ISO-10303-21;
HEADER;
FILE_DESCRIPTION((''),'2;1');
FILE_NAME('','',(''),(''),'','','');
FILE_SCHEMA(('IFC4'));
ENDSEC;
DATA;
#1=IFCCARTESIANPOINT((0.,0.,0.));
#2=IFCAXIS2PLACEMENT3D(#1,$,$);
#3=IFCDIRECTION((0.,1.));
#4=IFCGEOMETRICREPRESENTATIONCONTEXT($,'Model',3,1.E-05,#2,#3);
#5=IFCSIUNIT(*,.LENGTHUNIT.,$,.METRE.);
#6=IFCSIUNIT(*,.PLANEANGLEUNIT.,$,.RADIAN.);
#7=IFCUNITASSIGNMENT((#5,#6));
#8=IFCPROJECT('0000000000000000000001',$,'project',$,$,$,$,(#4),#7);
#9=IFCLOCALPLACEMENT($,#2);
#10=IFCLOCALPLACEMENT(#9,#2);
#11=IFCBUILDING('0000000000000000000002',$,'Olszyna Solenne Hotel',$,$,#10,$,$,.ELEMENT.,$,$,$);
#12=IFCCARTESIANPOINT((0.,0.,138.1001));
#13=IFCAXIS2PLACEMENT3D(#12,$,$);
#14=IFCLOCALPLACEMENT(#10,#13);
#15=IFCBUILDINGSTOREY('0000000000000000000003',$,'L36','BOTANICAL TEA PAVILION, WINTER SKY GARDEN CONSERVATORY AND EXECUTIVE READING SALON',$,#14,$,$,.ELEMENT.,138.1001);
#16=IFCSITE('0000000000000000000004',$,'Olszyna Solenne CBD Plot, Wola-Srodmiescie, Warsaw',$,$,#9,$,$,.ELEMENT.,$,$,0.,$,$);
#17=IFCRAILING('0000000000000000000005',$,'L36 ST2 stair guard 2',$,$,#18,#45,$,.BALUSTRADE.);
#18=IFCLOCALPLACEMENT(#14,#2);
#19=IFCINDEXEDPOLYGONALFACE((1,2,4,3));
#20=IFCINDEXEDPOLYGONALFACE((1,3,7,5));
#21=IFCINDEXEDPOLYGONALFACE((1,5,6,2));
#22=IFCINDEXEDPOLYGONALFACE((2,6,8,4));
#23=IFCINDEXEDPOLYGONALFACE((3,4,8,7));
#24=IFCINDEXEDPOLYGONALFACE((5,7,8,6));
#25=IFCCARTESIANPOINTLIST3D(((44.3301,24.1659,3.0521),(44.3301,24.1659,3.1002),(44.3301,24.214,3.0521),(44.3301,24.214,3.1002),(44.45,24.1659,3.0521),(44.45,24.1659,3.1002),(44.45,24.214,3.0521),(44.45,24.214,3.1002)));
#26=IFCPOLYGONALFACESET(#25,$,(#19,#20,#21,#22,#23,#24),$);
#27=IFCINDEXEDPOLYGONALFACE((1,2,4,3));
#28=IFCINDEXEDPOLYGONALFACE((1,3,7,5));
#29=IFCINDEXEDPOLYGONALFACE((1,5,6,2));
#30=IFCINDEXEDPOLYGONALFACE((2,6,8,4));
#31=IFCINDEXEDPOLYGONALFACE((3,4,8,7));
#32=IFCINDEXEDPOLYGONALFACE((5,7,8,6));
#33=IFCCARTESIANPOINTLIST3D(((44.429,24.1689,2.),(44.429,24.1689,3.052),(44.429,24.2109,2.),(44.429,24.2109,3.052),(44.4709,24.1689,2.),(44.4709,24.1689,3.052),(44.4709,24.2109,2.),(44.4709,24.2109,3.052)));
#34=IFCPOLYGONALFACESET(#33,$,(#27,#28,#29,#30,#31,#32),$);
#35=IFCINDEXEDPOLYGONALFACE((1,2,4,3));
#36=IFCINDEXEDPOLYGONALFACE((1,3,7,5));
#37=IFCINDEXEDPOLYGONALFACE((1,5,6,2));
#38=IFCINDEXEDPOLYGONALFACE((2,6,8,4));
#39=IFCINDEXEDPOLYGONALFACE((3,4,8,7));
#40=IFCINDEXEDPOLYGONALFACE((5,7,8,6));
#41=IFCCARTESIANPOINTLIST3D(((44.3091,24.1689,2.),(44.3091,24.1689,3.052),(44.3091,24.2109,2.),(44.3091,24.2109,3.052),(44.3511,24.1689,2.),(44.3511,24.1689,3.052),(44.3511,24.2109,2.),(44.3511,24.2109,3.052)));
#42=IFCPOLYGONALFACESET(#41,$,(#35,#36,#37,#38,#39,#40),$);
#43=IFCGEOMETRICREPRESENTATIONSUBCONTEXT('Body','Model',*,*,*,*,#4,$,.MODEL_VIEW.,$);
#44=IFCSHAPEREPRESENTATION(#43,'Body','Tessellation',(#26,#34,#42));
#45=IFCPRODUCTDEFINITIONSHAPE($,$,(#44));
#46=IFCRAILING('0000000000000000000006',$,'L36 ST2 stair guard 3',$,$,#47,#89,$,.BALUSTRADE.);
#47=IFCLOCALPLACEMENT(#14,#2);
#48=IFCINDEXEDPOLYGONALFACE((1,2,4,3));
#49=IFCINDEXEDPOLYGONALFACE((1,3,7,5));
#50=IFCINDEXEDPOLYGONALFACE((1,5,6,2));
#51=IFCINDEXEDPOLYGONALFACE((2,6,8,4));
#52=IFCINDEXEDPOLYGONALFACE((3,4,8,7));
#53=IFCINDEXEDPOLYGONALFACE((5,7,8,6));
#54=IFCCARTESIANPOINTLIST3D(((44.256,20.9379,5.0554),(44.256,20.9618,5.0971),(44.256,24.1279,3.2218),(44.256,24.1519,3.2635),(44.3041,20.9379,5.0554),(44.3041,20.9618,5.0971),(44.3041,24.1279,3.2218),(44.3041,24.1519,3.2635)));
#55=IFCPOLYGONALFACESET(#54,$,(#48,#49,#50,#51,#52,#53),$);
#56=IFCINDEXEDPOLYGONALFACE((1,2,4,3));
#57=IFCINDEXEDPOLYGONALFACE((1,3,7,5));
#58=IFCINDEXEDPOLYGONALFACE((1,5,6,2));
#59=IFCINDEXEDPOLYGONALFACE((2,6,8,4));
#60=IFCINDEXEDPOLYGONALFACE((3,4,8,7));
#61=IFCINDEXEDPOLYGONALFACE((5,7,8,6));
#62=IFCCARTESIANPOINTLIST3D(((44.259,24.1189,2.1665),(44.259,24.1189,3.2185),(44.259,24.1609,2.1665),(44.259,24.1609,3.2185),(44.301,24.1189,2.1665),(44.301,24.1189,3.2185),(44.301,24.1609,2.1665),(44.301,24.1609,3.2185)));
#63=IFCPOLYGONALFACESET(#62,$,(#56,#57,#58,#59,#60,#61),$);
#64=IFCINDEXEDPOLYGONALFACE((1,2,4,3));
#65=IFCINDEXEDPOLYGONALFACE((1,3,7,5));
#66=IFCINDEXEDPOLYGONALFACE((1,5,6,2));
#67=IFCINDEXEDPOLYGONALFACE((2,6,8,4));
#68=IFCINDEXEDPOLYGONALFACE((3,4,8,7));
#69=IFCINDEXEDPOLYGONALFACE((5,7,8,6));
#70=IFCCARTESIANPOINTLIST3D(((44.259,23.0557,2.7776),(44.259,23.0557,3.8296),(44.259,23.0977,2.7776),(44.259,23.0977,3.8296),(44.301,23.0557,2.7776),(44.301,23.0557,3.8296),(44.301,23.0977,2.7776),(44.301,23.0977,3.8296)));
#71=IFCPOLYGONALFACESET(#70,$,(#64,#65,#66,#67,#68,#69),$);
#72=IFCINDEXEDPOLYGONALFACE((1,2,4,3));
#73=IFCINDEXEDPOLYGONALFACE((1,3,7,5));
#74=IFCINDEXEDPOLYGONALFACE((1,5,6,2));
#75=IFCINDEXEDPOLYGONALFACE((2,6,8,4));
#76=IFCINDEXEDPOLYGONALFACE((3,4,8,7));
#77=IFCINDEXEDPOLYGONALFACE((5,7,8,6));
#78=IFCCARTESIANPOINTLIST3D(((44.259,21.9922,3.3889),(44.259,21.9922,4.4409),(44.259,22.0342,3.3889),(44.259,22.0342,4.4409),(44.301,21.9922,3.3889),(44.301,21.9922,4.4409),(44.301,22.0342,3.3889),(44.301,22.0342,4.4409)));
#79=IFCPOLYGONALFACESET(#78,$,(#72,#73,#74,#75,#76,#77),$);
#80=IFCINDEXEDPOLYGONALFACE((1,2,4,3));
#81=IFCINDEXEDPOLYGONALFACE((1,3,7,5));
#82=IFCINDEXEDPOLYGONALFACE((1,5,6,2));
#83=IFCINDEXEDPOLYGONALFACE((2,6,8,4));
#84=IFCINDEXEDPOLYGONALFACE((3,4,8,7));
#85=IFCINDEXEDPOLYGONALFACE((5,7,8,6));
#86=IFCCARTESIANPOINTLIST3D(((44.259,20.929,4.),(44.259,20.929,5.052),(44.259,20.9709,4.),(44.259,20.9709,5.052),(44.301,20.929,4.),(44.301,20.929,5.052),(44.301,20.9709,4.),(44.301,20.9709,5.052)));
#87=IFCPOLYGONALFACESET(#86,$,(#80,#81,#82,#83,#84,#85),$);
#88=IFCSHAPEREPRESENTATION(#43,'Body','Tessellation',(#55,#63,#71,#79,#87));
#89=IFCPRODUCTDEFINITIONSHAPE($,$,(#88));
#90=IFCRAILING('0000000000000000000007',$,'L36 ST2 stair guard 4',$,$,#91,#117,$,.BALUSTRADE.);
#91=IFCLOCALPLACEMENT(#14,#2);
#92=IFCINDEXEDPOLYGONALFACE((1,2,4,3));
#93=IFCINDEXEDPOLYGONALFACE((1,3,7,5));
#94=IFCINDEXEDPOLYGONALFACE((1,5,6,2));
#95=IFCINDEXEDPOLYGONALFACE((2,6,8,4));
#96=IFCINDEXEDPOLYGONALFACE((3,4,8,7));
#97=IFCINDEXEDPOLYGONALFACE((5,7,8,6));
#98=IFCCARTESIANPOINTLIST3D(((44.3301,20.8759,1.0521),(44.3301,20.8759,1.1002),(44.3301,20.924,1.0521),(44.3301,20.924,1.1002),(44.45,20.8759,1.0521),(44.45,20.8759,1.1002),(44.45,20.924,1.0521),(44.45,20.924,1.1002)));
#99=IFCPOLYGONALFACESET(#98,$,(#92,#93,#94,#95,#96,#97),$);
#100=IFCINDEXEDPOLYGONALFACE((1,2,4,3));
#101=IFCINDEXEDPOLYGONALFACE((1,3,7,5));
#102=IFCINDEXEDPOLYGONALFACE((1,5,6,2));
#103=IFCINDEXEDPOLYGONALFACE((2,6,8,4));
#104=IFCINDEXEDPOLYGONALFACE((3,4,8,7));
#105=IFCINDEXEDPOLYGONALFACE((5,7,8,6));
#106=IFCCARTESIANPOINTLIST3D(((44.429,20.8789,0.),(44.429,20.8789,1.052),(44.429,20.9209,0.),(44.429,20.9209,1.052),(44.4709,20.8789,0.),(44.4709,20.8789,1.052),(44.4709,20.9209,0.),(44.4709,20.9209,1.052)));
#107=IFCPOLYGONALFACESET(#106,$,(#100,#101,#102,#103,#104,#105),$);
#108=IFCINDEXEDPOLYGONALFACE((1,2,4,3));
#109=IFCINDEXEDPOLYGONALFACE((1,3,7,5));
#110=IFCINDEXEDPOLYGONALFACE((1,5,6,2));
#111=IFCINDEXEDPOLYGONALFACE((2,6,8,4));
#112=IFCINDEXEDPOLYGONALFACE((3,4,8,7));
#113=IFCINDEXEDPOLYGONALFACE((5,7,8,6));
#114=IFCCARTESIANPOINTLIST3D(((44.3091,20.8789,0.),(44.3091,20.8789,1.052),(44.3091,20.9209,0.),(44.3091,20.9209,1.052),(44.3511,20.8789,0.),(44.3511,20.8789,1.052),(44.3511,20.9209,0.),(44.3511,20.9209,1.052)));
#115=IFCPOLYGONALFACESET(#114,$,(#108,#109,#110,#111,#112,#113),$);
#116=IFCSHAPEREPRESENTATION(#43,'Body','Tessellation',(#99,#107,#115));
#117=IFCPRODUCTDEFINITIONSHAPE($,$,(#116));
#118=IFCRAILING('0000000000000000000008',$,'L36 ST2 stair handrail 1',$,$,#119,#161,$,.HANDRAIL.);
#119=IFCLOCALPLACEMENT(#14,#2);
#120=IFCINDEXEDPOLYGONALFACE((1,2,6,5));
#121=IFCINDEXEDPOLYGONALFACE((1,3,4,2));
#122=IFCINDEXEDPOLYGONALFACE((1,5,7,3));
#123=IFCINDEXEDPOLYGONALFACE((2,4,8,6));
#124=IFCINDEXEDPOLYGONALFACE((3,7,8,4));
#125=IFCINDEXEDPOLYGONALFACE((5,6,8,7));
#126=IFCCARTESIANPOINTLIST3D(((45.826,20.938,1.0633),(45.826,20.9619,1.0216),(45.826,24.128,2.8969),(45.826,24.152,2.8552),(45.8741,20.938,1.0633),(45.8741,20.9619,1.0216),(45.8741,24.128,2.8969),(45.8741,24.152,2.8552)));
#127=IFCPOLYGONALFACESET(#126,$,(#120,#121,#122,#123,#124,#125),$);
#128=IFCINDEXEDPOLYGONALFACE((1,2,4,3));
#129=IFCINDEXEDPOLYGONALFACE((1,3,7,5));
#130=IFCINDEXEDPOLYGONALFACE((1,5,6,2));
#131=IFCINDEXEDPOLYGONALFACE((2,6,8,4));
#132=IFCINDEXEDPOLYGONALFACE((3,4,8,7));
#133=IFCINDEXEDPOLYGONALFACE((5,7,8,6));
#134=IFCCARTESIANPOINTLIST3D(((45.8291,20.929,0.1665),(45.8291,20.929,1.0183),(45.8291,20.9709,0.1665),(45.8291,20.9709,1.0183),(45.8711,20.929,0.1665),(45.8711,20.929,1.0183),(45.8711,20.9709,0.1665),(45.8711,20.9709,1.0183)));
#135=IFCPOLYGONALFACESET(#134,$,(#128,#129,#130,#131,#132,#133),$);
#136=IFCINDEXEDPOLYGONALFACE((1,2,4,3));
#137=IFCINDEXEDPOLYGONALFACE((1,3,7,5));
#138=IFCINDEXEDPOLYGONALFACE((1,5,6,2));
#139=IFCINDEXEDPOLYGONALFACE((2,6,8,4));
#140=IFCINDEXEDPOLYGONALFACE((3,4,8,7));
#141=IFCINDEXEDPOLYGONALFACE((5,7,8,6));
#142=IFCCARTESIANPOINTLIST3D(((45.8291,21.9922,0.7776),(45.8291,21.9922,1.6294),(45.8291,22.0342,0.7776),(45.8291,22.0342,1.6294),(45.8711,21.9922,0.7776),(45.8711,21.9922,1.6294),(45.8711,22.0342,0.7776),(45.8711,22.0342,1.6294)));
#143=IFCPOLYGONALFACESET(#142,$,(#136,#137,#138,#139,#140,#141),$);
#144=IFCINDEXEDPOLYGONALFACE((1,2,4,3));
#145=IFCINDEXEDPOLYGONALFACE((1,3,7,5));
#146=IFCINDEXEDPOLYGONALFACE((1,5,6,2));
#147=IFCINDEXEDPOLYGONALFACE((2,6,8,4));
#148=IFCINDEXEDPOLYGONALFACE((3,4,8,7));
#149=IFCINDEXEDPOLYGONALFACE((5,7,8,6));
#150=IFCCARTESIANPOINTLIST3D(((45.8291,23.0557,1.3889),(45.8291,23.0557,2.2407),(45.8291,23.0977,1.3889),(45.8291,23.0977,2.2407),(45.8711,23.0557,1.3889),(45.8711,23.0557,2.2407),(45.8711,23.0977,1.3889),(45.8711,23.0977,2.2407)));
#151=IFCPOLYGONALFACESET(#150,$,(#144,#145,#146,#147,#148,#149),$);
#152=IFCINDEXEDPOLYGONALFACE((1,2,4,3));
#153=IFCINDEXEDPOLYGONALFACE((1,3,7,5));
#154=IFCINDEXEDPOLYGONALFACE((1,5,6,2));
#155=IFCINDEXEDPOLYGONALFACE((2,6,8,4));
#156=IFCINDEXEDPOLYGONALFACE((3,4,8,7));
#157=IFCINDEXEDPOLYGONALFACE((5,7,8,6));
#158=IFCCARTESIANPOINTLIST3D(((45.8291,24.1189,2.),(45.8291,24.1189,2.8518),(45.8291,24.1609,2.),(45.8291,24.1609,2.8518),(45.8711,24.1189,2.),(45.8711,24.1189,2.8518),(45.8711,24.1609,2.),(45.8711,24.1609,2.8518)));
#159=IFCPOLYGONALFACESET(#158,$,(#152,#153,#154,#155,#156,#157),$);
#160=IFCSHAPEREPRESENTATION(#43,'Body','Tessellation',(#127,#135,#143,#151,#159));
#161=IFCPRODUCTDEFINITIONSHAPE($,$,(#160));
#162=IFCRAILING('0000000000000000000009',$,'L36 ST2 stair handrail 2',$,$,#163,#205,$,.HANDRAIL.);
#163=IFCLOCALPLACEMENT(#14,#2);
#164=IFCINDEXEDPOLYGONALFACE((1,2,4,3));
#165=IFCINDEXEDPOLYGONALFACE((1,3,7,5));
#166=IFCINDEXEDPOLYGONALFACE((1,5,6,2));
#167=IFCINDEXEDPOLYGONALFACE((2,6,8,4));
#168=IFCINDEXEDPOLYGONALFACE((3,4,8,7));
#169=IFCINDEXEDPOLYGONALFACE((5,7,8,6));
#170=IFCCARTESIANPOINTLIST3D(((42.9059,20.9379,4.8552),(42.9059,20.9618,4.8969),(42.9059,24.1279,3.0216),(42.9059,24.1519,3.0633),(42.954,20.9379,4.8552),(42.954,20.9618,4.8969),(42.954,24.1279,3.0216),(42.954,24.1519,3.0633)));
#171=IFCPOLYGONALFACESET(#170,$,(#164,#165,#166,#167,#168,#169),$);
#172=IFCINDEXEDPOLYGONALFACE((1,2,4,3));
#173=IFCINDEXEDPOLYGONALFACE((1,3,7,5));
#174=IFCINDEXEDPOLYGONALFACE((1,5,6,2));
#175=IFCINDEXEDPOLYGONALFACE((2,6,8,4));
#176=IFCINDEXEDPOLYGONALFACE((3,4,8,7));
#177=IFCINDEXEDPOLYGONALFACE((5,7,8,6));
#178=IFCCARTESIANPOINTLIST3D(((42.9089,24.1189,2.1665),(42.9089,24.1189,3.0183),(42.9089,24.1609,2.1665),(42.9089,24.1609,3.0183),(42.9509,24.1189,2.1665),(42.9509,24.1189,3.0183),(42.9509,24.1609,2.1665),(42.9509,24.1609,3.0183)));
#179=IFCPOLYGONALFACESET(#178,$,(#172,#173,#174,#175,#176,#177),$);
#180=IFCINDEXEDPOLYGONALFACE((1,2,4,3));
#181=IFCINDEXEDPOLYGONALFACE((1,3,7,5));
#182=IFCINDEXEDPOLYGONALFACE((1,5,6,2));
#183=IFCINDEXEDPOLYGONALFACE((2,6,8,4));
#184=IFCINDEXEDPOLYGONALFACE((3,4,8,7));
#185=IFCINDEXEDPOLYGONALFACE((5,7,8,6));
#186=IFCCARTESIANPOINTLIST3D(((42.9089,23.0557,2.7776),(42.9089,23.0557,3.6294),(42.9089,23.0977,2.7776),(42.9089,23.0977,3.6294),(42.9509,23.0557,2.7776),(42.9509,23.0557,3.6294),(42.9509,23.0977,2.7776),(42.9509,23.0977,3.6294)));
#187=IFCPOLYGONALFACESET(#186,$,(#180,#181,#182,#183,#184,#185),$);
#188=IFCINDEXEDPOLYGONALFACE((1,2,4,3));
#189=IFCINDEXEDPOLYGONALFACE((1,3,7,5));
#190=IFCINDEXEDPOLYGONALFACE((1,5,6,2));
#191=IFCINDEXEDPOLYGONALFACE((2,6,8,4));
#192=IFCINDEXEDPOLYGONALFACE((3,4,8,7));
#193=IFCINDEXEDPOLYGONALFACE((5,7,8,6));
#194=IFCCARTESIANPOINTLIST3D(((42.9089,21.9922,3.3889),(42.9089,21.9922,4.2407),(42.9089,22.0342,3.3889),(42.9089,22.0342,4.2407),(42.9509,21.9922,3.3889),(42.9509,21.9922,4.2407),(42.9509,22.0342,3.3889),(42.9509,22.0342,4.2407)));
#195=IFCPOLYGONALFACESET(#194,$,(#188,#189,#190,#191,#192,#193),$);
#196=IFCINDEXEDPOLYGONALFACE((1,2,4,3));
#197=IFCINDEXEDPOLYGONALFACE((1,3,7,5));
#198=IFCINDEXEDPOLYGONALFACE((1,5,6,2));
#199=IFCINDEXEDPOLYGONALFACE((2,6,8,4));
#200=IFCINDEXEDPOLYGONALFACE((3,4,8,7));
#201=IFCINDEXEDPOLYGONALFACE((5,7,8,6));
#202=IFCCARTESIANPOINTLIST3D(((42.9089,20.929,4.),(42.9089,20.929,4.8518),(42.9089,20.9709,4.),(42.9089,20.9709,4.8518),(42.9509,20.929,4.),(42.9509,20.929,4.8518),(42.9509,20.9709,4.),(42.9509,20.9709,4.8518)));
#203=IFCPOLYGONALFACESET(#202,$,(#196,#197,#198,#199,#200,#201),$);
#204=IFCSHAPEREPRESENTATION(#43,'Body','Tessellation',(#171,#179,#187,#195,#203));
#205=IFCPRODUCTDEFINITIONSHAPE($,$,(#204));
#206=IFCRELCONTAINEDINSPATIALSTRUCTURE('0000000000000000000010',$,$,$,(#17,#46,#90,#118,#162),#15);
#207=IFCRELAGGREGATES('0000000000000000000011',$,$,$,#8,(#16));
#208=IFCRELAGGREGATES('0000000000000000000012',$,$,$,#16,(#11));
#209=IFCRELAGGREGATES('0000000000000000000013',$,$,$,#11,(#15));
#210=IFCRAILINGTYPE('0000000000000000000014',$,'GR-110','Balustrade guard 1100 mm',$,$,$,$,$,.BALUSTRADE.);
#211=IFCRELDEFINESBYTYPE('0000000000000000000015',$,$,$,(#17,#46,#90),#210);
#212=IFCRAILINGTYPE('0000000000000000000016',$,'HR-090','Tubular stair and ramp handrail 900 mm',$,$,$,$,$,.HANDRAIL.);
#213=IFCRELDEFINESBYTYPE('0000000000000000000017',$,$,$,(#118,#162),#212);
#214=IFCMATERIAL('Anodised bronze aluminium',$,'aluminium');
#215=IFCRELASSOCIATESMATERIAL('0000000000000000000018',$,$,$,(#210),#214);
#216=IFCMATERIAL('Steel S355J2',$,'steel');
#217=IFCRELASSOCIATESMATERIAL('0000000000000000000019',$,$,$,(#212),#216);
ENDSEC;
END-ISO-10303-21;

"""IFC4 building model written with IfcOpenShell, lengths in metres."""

from ifc_helpers import new_model, si_unit, direction, frame, origin, origin_2d, place, context, subcontext, project, spatial, rectangle, extrude, material, type_object, element, save


model = new_model("IFC4")

# Units and contexts
model_context = context("Model", 3, precision=1e-05, world=origin(), true_north=direction((0.0, 1.0)))
body_context = subcontext(model_context, "Body", "Model", "MODEL_VIEW")
ifc_project = project(units=[si_unit("LENGTHUNIT", "METRE"), si_unit("PLANEANGLEUNIT", "RADIAN")], contexts=[model_context])

# Site, building, storey
site_placement = place(None, origin())
site = spatial("IfcSite", under=ifc_project, at=site_placement, Name="Olszyna Solenne CBD Plot, Wola-Srodmiescie, Warsaw", CompositionType="ELEMENT", RefElevation=0.0)
building_placement = place(site_placement, origin())
building = spatial("IfcBuilding", under=site, at=building_placement, Name="Olszyna Solenne Hotel", CompositionType="ELEMENT")
storey_placement = place(building_placement, frame((0.0, 0.0, 138.1001)))
storey = spatial("IfcBuildingStorey", under=building, at=storey_placement, Name="L36", Description="BOTANICAL TEA PAVILION, WINTER SKY GARDEN CONSERVATORY AND EXECUTIVE READING SALON", CompositionType="ELEMENT", Elevation=138.1001)

# Shared definitions
ifc_material_1 = material(Name="Steel S355J2", Category="steel")

# Shared definitions
ifc_material_2 = material(Name="Anodised bronze aluminium", Category="aluminium")

# Railings
railing_type_1 = type_object("IfcRailingType", Name="GR-110", Description="Balustrade guard 1100 mm", PredefinedType="BALUSTRADE", material=ifc_material_2)
railing_1_placement = place(storey_placement, frame((44.45, 24.1899, 2.0)))
element("IfcRailing", 1, at=railing_1_placement, inside=storey, type_object=railing_type_1, Name="L36 ST2 stair guard 2", PredefinedType="BALUSTRADE", context=body_context, shape_type="SweptSolid", body=[
    extrude(rectangle(XDim=0.0481, YDim=0.0481, at=origin_2d()), frame((0.0, 0.0, 1.0762), z_axis=(-1.0, 0.0, 0.0), x_axis=(0.0, -1.0, 0.0)), (0.0, 0.0, 1.0), 0.1199),
    extrude(rectangle(XDim=0.042, YDim=0.042, at=origin_2d()), origin(), (0.0, 0.0, 1.0), 1.052),
    extrude(rectangle(XDim=0.042, YDim=0.042, at=origin_2d()), frame((-0.1199, 0.0, 0.0)), (0.0, 0.0, 1.0), 1.052),
])
railing_2_placement = place(storey_placement, frame((44.28, 24.1399, 2.1665)))
element("IfcRailing", 2, at=railing_2_placement, inside=storey, type_object=railing_type_1, Name="L36 ST2 stair guard 3", PredefinedType="BALUSTRADE", context=body_context, shape_type="SweptSolid", body=[
    extrude(rectangle(XDim=0.0481, YDim=0.0481, at=origin_2d()), frame((0.0, 0.0, 1.0762), z_axis=(0.0, -0.866991, 0.498324), x_axis=(1.0, 0.0, 0.0)), (0.0, 0.0, 1.0), 3.6794),
    extrude(rectangle(XDim=0.042, YDim=0.042, at=origin_2d()), origin(), (0.0, 0.0, 1.0), 1.052),
    extrude(rectangle(XDim=0.042, YDim=0.042, at=origin_2d()), frame((0.0, -1.0632, 0.6111)), (0.0, 0.0, 1.0), 1.052),
    extrude(rectangle(XDim=0.042, YDim=0.042, at=origin_2d()), frame((0.0, -2.1267, 1.2224)), (0.0, 0.0, 1.0), 1.052),
    extrude(rectangle(XDim=0.042, YDim=0.042, at=origin_2d()), frame((0.0, -3.1899, 1.8335)), (0.0, 0.0, 1.0), 1.052),
])
railing_3_placement = place(storey_placement, frame((44.45, 20.8999, 0.0)))
element("IfcRailing", 3, at=railing_3_placement, inside=storey, type_object=railing_type_1, Name="L36 ST2 stair guard 4", PredefinedType="BALUSTRADE", context=body_context, shape_type="SweptSolid", body=[
    extrude(rectangle(XDim=0.0481, YDim=0.0481, at=origin_2d()), frame((0.0, 0.0, 1.0762), z_axis=(-1.0, 0.0, 0.0), x_axis=(0.0, -1.0, 0.0)), (0.0, 0.0, 1.0), 0.1199),
    extrude(rectangle(XDim=0.042, YDim=0.042, at=origin_2d()), origin(), (0.0, 0.0, 1.0), 1.052),
    extrude(rectangle(XDim=0.042, YDim=0.042, at=origin_2d()), frame((-0.1199, 0.0, 0.0)), (0.0, 0.0, 1.0), 1.052),
])
railing_type_2 = type_object("IfcRailingType", Name="HR-090", Description="Tubular stair and ramp handrail 900 mm", PredefinedType="HANDRAIL", material=ifc_material_1)
railing_4_placement = place(storey_placement, frame((45.8501, 20.95, 0.1665)))
element("IfcRailing", 4, at=railing_4_placement, inside=storey, type_object=railing_type_2, Name="L36 ST2 stair handrail 1", PredefinedType="HANDRAIL", context=body_context, shape_type="SweptSolid", body=[
    extrude(rectangle(XDim=0.0481, YDim=0.0481, at=origin_2d()), frame((0.0, 0.0, 0.876), z_axis=(0.0, 0.866991, 0.498324), x_axis=(-1.0, 0.0, 0.0)), (0.0, 0.0, 1.0), 3.6794),
    extrude(rectangle(XDim=0.042, YDim=0.042, at=origin_2d()), origin(), (0.0, 0.0, 1.0), 0.8518),
    extrude(rectangle(XDim=0.042, YDim=0.042, at=origin_2d()), frame((0.0, 1.0632, 0.6111)), (0.0, 0.0, 1.0), 0.8518),
    extrude(rectangle(XDim=0.042, YDim=0.042, at=origin_2d()), frame((0.0, 2.1267, 1.2224)), (0.0, 0.0, 1.0), 0.8518),
    extrude(rectangle(XDim=0.042, YDim=0.042, at=origin_2d()), frame((0.0, 3.1899, 1.8335)), (0.0, 0.0, 1.0), 0.8518),
])
railing_5_placement = place(storey_placement, frame((42.9299, 24.1399, 2.1665)))
element("IfcRailing", 5, at=railing_5_placement, inside=storey, type_object=railing_type_2, Name="L36 ST2 stair handrail 2", PredefinedType="HANDRAIL", context=body_context, shape_type="SweptSolid", body=[
    extrude(rectangle(XDim=0.0481, YDim=0.0481, at=origin_2d()), frame((0.0, 0.0, 0.876), z_axis=(0.0, -0.866991, 0.498324), x_axis=(1.0, 0.0, 0.0)), (0.0, 0.0, 1.0), 3.6794),
    extrude(rectangle(XDim=0.042, YDim=0.042, at=origin_2d()), origin(), (0.0, 0.0, 1.0), 0.8518),
    extrude(rectangle(XDim=0.042, YDim=0.042, at=origin_2d()), frame((0.0, -1.0632, 0.6111)), (0.0, 0.0, 1.0), 0.8518),
    extrude(rectangle(XDim=0.042, YDim=0.042, at=origin_2d()), frame((0.0, -2.1267, 1.2224)), (0.0, 0.0, 1.0), 0.8518),
    extrude(rectangle(XDim=0.042, YDim=0.042, at=origin_2d()), frame((0.0, -3.1899, 1.8335)), (0.0, 0.0, 1.0), 0.8518),
])

save(model, "model.ifc")
